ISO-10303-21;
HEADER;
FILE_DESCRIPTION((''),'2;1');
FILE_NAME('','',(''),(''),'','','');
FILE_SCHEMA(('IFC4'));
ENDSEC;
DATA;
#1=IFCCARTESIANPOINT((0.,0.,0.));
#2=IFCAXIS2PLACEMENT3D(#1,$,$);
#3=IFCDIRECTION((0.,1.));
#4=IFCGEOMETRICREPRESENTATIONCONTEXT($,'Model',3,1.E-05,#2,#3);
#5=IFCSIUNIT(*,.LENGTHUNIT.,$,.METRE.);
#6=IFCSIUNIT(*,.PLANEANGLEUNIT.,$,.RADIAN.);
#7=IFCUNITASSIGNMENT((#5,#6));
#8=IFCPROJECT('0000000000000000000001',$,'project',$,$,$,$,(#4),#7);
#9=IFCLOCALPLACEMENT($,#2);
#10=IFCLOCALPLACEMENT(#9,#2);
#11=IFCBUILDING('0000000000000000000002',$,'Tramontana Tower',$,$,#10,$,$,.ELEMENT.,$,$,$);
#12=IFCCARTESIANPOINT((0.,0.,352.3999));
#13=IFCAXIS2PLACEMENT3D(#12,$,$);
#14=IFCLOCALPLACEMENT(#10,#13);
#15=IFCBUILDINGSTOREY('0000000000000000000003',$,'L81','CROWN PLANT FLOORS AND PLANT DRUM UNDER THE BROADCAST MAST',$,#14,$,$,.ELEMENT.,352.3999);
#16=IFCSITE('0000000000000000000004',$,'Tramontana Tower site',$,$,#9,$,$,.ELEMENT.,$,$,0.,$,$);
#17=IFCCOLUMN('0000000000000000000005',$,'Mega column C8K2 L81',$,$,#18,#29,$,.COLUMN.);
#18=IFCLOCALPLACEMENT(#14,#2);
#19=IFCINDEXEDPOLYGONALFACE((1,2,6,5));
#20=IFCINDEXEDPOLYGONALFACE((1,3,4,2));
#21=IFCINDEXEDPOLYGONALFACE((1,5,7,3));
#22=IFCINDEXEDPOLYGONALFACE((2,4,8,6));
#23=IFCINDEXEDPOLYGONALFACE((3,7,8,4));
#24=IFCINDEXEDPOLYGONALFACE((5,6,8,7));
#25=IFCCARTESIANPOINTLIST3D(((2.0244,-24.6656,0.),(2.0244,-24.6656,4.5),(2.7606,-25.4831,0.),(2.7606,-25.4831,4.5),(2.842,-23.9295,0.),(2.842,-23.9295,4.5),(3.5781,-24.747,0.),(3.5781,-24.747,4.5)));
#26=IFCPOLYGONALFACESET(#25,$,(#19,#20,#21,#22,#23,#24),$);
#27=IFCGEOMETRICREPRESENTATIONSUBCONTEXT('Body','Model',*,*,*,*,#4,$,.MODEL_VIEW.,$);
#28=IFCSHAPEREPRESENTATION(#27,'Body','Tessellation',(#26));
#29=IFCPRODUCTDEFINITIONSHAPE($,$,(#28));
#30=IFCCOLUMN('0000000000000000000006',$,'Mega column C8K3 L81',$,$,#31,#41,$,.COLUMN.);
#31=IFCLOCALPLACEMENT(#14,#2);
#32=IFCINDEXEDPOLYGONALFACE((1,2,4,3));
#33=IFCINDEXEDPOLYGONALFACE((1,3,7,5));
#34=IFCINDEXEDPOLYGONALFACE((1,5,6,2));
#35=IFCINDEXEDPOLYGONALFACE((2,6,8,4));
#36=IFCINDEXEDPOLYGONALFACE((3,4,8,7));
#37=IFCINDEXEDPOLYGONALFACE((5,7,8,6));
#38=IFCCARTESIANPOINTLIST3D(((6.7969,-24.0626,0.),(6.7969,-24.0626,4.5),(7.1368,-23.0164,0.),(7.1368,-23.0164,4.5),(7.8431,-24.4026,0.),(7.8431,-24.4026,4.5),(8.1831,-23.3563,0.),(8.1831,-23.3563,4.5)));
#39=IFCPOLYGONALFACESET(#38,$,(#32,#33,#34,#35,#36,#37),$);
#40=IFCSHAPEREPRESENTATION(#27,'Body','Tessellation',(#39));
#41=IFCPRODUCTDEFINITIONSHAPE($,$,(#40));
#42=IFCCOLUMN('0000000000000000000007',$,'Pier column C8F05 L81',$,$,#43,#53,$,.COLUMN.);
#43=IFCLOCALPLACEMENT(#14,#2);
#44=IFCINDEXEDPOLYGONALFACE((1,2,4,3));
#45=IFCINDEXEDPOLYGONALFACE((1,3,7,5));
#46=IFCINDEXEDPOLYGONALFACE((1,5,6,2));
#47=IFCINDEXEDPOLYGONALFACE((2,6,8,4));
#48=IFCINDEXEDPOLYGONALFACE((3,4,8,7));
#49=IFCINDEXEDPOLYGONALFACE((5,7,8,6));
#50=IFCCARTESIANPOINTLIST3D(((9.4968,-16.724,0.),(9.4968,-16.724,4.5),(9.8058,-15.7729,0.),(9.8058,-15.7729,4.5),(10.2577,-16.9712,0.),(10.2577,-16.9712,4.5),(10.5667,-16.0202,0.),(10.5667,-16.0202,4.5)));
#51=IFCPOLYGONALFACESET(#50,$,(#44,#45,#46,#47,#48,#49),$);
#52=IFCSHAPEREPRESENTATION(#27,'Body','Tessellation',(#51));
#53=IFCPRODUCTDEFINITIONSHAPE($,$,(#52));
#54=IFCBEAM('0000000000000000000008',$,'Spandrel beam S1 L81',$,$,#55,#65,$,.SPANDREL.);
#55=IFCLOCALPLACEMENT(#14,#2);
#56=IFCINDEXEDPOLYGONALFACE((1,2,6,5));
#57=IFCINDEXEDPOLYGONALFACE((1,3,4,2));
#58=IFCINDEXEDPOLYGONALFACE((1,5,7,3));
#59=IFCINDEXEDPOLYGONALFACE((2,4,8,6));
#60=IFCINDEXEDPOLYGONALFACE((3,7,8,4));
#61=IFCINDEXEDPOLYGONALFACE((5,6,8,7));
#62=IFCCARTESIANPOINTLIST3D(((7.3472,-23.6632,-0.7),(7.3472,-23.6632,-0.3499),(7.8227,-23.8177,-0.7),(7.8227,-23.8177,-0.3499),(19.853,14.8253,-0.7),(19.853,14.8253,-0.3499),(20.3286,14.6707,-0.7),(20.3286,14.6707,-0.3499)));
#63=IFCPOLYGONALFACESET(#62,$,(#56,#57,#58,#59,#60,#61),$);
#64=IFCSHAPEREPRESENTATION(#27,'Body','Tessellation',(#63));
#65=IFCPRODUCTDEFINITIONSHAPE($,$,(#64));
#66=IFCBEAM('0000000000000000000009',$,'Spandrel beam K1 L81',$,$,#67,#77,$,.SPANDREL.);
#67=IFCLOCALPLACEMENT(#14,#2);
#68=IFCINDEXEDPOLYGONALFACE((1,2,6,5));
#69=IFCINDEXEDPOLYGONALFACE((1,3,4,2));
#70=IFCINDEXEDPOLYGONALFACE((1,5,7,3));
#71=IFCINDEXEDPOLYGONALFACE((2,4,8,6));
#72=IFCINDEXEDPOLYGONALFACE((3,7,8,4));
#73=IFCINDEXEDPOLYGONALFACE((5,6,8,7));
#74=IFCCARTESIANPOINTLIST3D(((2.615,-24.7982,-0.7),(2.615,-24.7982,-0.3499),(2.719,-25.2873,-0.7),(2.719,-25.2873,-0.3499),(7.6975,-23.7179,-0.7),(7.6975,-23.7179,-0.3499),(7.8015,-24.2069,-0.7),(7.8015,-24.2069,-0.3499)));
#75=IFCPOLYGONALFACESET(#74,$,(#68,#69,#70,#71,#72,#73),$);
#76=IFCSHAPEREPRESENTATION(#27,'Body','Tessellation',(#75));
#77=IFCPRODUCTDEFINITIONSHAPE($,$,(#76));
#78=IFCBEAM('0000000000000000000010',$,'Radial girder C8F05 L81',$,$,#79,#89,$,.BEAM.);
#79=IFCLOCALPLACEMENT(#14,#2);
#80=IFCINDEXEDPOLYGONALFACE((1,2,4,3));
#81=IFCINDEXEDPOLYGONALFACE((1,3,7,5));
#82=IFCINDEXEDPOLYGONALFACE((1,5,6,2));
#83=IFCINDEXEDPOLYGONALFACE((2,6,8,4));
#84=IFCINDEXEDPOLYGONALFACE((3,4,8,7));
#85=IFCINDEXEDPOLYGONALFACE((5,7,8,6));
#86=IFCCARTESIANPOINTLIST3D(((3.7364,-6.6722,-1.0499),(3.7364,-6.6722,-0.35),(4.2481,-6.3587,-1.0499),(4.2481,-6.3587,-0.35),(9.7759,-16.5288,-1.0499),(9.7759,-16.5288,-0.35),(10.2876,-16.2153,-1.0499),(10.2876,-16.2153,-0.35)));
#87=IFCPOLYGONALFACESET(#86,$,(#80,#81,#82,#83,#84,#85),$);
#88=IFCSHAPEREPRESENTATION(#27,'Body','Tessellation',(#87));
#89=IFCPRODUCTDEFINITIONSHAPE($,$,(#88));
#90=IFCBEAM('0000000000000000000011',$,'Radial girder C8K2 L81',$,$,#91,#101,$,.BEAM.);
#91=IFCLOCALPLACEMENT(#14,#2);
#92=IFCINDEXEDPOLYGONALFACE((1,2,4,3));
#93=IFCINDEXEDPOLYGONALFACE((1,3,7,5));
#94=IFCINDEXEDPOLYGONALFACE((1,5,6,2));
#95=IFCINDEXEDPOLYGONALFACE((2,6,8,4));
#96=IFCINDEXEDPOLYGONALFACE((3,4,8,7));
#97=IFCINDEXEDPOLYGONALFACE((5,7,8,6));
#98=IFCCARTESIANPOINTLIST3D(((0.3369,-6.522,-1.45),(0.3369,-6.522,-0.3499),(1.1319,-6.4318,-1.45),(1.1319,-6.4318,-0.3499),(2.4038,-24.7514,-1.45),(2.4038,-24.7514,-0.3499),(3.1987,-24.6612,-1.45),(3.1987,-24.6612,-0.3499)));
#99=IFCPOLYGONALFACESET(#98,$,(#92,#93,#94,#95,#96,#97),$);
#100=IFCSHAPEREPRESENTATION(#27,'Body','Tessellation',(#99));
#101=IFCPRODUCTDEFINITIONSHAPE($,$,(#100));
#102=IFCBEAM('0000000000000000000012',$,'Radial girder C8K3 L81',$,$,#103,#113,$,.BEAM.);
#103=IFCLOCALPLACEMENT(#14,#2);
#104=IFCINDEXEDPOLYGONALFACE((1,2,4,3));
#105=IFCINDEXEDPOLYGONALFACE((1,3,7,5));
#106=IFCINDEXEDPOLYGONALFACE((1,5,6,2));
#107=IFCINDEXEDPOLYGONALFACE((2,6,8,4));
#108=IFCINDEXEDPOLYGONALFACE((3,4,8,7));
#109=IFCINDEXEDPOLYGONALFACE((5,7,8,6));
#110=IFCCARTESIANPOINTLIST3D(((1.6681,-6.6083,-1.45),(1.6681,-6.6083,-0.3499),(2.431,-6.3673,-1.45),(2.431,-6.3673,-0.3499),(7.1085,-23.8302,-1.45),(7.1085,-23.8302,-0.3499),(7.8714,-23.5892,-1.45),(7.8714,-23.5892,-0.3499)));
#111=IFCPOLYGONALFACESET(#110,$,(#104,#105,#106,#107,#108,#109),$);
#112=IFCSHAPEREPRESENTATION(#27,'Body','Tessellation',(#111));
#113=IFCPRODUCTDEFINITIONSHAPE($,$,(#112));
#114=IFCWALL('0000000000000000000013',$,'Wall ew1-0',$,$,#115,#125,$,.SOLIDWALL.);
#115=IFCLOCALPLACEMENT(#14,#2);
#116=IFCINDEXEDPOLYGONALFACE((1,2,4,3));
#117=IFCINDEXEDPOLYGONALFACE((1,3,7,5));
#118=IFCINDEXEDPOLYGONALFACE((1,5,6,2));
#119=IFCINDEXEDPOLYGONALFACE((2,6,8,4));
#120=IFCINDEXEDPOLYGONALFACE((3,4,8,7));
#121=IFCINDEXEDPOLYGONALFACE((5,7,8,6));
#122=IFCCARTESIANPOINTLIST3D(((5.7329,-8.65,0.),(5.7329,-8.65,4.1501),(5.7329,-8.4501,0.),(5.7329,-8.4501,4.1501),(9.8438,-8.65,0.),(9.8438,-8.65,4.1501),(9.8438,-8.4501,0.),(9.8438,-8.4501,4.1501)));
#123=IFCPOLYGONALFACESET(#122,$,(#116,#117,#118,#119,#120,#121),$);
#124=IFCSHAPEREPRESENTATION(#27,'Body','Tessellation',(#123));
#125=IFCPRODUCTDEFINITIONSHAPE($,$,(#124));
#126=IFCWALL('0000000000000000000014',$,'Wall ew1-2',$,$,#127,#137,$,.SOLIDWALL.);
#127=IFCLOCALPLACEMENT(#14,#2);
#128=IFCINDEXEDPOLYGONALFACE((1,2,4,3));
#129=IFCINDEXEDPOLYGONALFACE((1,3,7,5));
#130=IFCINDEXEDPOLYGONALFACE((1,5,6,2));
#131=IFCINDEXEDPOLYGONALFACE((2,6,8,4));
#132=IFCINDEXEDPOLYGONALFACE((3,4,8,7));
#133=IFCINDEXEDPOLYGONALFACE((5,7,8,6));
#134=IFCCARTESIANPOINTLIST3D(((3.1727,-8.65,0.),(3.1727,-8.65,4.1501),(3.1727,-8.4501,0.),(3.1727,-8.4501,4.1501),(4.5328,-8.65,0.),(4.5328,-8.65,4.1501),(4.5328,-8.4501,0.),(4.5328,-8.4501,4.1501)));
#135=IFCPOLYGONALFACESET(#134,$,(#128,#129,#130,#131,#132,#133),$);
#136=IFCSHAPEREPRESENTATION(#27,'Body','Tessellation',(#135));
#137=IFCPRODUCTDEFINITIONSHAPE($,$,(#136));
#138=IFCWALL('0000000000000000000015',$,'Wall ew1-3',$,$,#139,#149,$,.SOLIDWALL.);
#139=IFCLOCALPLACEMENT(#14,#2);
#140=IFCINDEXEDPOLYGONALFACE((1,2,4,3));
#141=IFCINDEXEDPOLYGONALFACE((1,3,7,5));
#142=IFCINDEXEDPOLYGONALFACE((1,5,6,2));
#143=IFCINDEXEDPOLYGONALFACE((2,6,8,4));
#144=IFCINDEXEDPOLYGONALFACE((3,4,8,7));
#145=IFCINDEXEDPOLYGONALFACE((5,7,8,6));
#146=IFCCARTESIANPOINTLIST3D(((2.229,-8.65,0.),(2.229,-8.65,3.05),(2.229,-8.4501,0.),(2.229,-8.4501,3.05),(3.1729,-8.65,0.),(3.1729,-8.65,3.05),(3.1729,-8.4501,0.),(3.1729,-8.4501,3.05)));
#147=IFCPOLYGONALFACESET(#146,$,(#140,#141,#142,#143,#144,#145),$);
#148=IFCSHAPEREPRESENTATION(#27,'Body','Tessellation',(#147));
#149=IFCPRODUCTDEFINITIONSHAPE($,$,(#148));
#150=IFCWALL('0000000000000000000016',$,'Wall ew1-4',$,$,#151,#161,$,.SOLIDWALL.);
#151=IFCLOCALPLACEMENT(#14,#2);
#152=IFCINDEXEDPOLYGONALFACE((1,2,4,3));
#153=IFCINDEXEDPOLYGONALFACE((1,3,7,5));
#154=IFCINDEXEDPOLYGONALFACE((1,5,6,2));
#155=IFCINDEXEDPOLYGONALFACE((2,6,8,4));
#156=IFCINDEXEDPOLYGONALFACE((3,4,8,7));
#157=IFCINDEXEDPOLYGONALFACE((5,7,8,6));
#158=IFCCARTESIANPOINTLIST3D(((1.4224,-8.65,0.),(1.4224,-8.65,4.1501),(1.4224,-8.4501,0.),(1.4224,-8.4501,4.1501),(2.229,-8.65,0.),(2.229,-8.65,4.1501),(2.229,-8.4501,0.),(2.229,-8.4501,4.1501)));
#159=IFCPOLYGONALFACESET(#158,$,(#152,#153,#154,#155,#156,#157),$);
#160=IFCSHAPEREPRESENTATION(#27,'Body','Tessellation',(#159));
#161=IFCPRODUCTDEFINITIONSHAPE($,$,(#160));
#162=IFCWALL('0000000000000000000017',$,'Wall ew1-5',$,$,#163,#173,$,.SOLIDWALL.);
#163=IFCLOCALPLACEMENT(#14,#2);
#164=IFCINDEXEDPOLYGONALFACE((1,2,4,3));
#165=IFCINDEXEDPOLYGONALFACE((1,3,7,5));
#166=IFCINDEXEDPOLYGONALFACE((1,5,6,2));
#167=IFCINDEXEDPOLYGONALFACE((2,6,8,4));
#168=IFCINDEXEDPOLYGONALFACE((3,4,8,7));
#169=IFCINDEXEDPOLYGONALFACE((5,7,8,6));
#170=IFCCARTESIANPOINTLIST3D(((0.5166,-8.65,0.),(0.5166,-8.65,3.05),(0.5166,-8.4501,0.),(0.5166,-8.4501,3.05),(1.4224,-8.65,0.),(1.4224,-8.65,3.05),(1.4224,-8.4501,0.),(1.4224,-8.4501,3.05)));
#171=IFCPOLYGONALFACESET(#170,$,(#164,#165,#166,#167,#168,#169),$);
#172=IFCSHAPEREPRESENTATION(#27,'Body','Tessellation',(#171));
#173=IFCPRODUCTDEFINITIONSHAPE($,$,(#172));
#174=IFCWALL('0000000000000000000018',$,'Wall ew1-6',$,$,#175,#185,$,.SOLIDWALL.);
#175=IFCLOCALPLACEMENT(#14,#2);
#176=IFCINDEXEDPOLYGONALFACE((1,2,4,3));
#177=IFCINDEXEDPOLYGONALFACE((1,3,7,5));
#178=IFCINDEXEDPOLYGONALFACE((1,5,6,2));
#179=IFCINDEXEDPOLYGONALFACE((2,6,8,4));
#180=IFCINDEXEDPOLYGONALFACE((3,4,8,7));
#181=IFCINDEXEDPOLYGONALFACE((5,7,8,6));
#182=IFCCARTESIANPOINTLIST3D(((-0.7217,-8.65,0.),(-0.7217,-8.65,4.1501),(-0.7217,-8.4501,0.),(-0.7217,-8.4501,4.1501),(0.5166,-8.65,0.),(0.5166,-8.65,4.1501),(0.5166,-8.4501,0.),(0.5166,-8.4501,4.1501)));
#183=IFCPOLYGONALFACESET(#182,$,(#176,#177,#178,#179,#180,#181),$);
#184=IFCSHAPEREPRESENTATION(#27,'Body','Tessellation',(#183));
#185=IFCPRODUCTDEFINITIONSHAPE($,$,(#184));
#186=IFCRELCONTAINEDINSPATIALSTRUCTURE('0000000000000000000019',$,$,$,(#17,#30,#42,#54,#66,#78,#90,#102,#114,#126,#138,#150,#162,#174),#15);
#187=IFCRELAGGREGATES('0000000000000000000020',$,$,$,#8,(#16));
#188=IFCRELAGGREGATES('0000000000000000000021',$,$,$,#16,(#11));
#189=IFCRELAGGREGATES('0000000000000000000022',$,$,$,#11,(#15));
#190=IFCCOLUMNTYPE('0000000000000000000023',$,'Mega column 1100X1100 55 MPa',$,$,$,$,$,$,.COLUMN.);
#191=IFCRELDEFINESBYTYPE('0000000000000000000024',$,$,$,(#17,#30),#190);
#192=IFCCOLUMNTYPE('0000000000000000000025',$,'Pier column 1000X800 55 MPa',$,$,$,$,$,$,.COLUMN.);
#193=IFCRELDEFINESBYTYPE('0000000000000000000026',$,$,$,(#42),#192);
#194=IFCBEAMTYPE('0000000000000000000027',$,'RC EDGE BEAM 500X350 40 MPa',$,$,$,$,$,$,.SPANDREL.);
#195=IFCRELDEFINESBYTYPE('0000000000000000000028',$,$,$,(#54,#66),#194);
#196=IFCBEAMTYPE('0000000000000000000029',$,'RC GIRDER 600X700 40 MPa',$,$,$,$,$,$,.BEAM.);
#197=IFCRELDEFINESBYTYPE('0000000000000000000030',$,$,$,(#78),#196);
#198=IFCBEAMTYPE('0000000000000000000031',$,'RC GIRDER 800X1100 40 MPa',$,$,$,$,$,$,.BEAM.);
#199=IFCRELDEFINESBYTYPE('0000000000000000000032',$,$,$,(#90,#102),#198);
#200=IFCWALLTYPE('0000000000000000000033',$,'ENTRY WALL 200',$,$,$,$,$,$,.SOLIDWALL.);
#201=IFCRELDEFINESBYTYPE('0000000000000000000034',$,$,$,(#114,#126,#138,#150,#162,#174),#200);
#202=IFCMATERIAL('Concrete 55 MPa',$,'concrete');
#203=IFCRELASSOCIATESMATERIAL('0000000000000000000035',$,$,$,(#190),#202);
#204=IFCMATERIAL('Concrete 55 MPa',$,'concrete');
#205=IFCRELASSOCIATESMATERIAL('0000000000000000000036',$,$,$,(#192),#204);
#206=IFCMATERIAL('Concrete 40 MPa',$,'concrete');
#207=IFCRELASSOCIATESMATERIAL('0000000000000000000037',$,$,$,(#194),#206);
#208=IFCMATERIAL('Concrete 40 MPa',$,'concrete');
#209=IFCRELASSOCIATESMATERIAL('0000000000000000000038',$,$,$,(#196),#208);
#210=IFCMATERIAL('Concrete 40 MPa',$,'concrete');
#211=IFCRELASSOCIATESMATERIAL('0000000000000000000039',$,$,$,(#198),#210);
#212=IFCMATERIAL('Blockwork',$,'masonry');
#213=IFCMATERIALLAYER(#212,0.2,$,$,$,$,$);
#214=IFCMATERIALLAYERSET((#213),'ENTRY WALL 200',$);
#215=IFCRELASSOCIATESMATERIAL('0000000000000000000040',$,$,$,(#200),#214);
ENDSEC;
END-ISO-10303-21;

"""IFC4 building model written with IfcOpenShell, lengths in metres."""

from ifc_helpers import new_model, si_unit, direction, frame, frame_2d, origin, origin_2d, place, context, subcontext, project, spatial, rectangle, extrude, material, layer, layer_set, material_profile, profile_set, type_object, element, save


model = new_model("IFC4")

# Units and contexts
model_context = context("Model", 3, precision=1e-05, world=origin(), true_north=direction((0.0, 1.0)))
body_context = subcontext(model_context, "Body", "Model", "MODEL_VIEW")
ifc_project = project(units=[si_unit("LENGTHUNIT", "METRE"), si_unit("PLANEANGLEUNIT", "RADIAN")], contexts=[model_context])

# Site, building, storey
site_placement = place(None, origin())
site = spatial("IfcSite", under=ifc_project, at=site_placement, Name="Tramontana Tower site", CompositionType="ELEMENT", RefElevation=0.0)
building_placement = place(site_placement, origin())
building = spatial("IfcBuilding", under=site, at=building_placement, Name="Tramontana Tower", CompositionType="ELEMENT")
storey_placement = place(building_placement, frame((0.0, 0.0, 352.3999)))
storey = spatial("IfcBuildingStorey", under=building, at=storey_placement, Name="L81", Description="CROWN PLANT FLOORS AND PLANT DRUM UNDER THE BROADCAST MAST", CompositionType="ELEMENT", Elevation=352.3999)

# Columns
ifc_material_1 = material(Name="Concrete 55 MPa", Category="concrete")
ifc_material_profile_1 = material_profile(ifc_material_1, rectangle(XDim=1.1001, YDim=1.1001, at=origin_2d()), Name="Mega column 1100X1100 55 MPa")
ifc_profile_set_1 = profile_set([ifc_material_profile_1], Name="Concrete 55 MPa")
column_type_1 = type_object("IfcColumnType", Name="Mega column 1100X1100 55 MPa", PredefinedType="COLUMN", material=ifc_profile_set_1)
for number, where, z_axis, x_axis, name in (
    (1, (2.8013, -24.7063, 0.0), (0.0, 0.0, 1.0), (0.669131, -0.743145, 0.0), "Mega column C8K2 L81"),
    (2, (7.49, -23.7095, 0.0), (0.0, 0.0, 1.0), (0.309017, 0.951057, 0.0), "Mega column C8K3 L81"),
):
    element("IfcColumn", number, at=place(storey_placement, frame(where, z_axis=z_axis, x_axis=x_axis)), inside=storey, type_object=column_type_1, Name=name, PredefinedType="COLUMN", context=body_context, shape_type="SweptSolid", body=[
        extrude(rectangle(XDim=1.1001, YDim=1.1001, at=origin_2d()), origin(), (0.0, 0.0, 1.0), 4.5),
    ])
ifc_material_2 = material(Name="Concrete 55 MPa", Category="concrete")
ifc_material_profile_2 = material_profile(ifc_material_2, rectangle(XDim=1.0, YDim=0.8, at=origin_2d()), Name="Pier column 1000X800 55 MPa")
ifc_profile_set_2 = profile_set([ifc_material_profile_2], Name="Concrete 55 MPa")
column_type_2 = type_object("IfcColumnType", Name="Pier column 1000X800 55 MPa", PredefinedType="COLUMN", material=ifc_profile_set_2)
column_placement = place(storey_placement, frame((10.0317, -16.3721, 0.0), z_axis=(0.0, 0.0, 1.0), x_axis=(0.309017, 0.951057, 0.0)))
element("IfcColumn", 3, at=column_placement, inside=storey, type_object=column_type_2, Name="Pier column C8F05 L81", PredefinedType="COLUMN", context=body_context, shape_type="SweptSolid", body=[
    extrude(rectangle(XDim=1.0, YDim=0.8, at=origin_2d()), origin(), (0.0, 0.0, 1.0), 4.5),
])

# Beams
ifc_material_3 = material(Name="Concrete 40 MPa", Category="concrete")
ifc_material_profile_3 = material_profile(ifc_material_3, rectangle(XDim=0.5, YDim=0.3501, at=origin_2d()), Name="RC EDGE BEAM 500X350 40 MPa")
ifc_profile_set_3 = profile_set([ifc_material_profile_3], Name="Concrete 40 MPa")
beam_type_1 = type_object("IfcBeamType", Name="RC EDGE BEAM 500X350 40 MPa", PredefinedType="SPANDREL", material=ifc_profile_set_3)
beam_1_placement = place(storey_placement, frame((7.585, -23.7405, -0.5249), z_axis=(0.309021, 0.951055, 0.0), x_axis=(-0.951055, 0.309021, 0.0)))
element("IfcBeam", 4, at=beam_1_placement, inside=storey, type_object=beam_type_1, Name="Spandrel beam S1 L81", PredefinedType="SPANDREL", context=body_context, shape_type="SweptSolid", body=[
    extrude(rectangle(XDim=0.5, YDim=0.3501, at=origin_2d()), origin(), (0.0, 0.0, 1.0), 40.4692),
])
beam_2_placement = place(storey_placement, frame((2.667, -25.0427, -0.5249), z_axis=(0.978148, 0.207912, 0.0), x_axis=(-0.207912, 0.978148, 0.0)))
element("IfcBeam", 5, at=beam_2_placement, inside=storey, type_object=beam_type_1, Name="Spandrel beam K1 L81", PredefinedType="SPANDREL", context=body_context, shape_type="SweptSolid", body=[
    extrude(rectangle(XDim=0.5, YDim=0.3501, at=origin_2d()), origin(), (0.0, 0.0, 1.0), 5.196),
])
ifc_material_4 = material(Name="Concrete 40 MPa", Category="concrete")
ifc_material_profile_4 = material_profile(ifc_material_4, rectangle(XDim=0.6001, YDim=0.7, at=origin_2d()), Name="RC GIRDER 600X700 40 MPa")
ifc_profile_set_4 = profile_set([ifc_material_profile_4], Name="Concrete 40 MPa")
beam_type_2 = type_object("IfcBeamType", Name="RC GIRDER 600X700 40 MPa", PredefinedType="BEAM", material=ifc_profile_set_4)
beam_3_placement = place(storey_placement, frame((10.0317, -16.3721, -0.7), z_axis=(-0.522459, 0.852665, 0.0), x_axis=(-0.852665, -0.522459, 0.0)))
element("IfcBeam", 6, at=beam_3_placement, inside=storey, type_object=beam_type_2, Name="Radial girder C8F05 L81", PredefinedType="BEAM", context=body_context, shape_type="SweptSolid", body=[
    extrude(rectangle(XDim=0.6001, YDim=0.7, at=origin_2d()), origin(), (0.0, 0.0, 1.0), 11.5598),
])
ifc_material_5 = material(Name="Concrete 40 MPa", Category="concrete")
ifc_material_profile_5 = material_profile(ifc_material_5, rectangle(XDim=0.8, YDim=1.1001, at=origin_2d()), Name="RC GIRDER 800X1100 40 MPa")
ifc_profile_set_5 = profile_set([ifc_material_profile_5], Name="Concrete 40 MPa")
beam_type_3 = type_object("IfcBeamType", Name="RC GIRDER 800X1100 40 MPa", PredefinedType="BEAM", material=ifc_profile_set_5)
beam_4_placement = place(storey_placement, frame((2.8013, -24.7063, -0.8999), z_axis=(-0.11266, 0.993634, 0.0), x_axis=(-0.993634, -0.11266, 0.0)))
element("IfcBeam", 7, at=beam_4_placement, inside=storey, type_object=beam_type_3, Name="Radial girder C8K2 L81", PredefinedType="BEAM", context=body_context, shape_type="SweptSolid", body=[
    extrude(rectangle(XDim=0.8, YDim=1.1001, at=origin_2d()), origin(), (0.0, 0.0, 1.0), 18.3462),
])
beam_5_placement = place(storey_placement, frame((7.49, -23.7097, -0.8999), z_axis=(-0.301228, 0.953552, 0.0), x_axis=(-0.953552, -0.301228, 0.0)))
element("IfcBeam", 8, at=beam_5_placement, inside=storey, type_object=beam_type_3, Name="Radial girder C8K3 L81", PredefinedType="BEAM", context=body_context, shape_type="SweptSolid", body=[
    extrude(rectangle(XDim=0.8, YDim=1.1001, at=origin_2d()), origin(), (0.0, 0.0, 1.0), 18.0608),
])

# Wall
ifc_material_6 = material(Name="Blockwork", Category="masonry")
ifc_layer_1 = layer(ifc_material_6, 0.2)
ifc_layer_set_1 = layer_set([ifc_layer_1], Name="ENTRY WALL 200")
wall_type_1 = type_object("IfcWallType", Name="ENTRY WALL 200", PredefinedType="SOLIDWALL", material=ifc_layer_set_1)
wall_1_placement = place(storey_placement, frame((9.8438, -8.55, 0.0), z_axis=(0.0, 0.0, 1.0), x_axis=(-1.0, 0.0, 0.0)))
element("IfcWall", 9, at=wall_1_placement, inside=storey, type_object=wall_type_1, Name="Wall ew1-0", PredefinedType="SOLIDWALL", context=body_context, shape_type="SweptSolid", body=[
    extrude(rectangle(XDim=4.1108, YDim=0.2, at=frame_2d((2.0554, 0.0))), origin(), (0.0, 0.0, 1.0), 4.1501),
])

# Walls
wall_2_placement = place(storey_placement, frame((4.533, -8.55, 0.0), z_axis=(0.0, 0.0, 1.0), x_axis=(-1.0, 0.0, 0.0)))
element("IfcWall", 10, at=wall_2_placement, inside=storey, type_object=wall_type_1, Name="Wall ew1-2", PredefinedType="SOLIDWALL", context=body_context, shape_type="SweptSolid", body=[
    extrude(rectangle(XDim=1.3601, YDim=0.2, at=frame_2d((0.6802, 0.0))), origin(), (0.0, 0.0, 1.0), 4.1501),
])
wall_3_placement = place(storey_placement, frame((3.1729, -8.55, 0.0), z_axis=(0.0, 0.0, 1.0), x_axis=(-1.0, 0.0, 0.0)))
element("IfcWall", 11, at=wall_3_placement, inside=storey, type_object=wall_type_1, Name="Wall ew1-3", PredefinedType="SOLIDWALL", context=body_context, shape_type="SweptSolid", body=[
    extrude(rectangle(XDim=0.9438, YDim=0.2, at=frame_2d((0.4719, 0.0))), origin(), (0.0, 0.0, 1.0), 3.05),
])
wall_4_placement = place(storey_placement, frame((2.229, -8.55, 0.0), z_axis=(0.0, 0.0, 1.0), x_axis=(-1.0, 0.0, 0.0)))
element("IfcWall", 12, at=wall_4_placement, inside=storey, type_object=wall_type_1, Name="Wall ew1-4", PredefinedType="SOLIDWALL", context=body_context, shape_type="SweptSolid", body=[
    extrude(rectangle(XDim=0.8066, YDim=0.2, at=frame_2d((0.4033, 0.0))), origin(), (0.0, 0.0, 1.0), 4.1501),
])
wall_5_placement = place(storey_placement, frame((1.4224, -8.55, 0.0), z_axis=(0.0, 0.0, 1.0), x_axis=(-1.0, 0.0, 0.0)))
element("IfcWall", 13, at=wall_5_placement, inside=storey, type_object=wall_type_1, Name="Wall ew1-5", PredefinedType="SOLIDWALL", context=body_context, shape_type="SweptSolid", body=[
    extrude(rectangle(XDim=0.9058, YDim=0.2, at=frame_2d((0.4529, 0.0))), origin(), (0.0, 0.0, 1.0), 3.05),
])
wall_6_placement = place(storey_placement, frame((0.5166, -8.55, 0.0), z_axis=(0.0, 0.0, 1.0), x_axis=(-1.0, 0.0, 0.0)))
element("IfcWall", 14, at=wall_6_placement, inside=storey, type_object=wall_type_1, Name="Wall ew1-6", PredefinedType="SOLIDWALL", context=body_context, shape_type="SweptSolid", body=[
    extrude(rectangle(XDim=1.2383, YDim=0.2, at=frame_2d((0.6191, 0.0))), origin(), (0.0, 0.0, 1.0), 4.1501),
])

save(model, "model.ifc")
